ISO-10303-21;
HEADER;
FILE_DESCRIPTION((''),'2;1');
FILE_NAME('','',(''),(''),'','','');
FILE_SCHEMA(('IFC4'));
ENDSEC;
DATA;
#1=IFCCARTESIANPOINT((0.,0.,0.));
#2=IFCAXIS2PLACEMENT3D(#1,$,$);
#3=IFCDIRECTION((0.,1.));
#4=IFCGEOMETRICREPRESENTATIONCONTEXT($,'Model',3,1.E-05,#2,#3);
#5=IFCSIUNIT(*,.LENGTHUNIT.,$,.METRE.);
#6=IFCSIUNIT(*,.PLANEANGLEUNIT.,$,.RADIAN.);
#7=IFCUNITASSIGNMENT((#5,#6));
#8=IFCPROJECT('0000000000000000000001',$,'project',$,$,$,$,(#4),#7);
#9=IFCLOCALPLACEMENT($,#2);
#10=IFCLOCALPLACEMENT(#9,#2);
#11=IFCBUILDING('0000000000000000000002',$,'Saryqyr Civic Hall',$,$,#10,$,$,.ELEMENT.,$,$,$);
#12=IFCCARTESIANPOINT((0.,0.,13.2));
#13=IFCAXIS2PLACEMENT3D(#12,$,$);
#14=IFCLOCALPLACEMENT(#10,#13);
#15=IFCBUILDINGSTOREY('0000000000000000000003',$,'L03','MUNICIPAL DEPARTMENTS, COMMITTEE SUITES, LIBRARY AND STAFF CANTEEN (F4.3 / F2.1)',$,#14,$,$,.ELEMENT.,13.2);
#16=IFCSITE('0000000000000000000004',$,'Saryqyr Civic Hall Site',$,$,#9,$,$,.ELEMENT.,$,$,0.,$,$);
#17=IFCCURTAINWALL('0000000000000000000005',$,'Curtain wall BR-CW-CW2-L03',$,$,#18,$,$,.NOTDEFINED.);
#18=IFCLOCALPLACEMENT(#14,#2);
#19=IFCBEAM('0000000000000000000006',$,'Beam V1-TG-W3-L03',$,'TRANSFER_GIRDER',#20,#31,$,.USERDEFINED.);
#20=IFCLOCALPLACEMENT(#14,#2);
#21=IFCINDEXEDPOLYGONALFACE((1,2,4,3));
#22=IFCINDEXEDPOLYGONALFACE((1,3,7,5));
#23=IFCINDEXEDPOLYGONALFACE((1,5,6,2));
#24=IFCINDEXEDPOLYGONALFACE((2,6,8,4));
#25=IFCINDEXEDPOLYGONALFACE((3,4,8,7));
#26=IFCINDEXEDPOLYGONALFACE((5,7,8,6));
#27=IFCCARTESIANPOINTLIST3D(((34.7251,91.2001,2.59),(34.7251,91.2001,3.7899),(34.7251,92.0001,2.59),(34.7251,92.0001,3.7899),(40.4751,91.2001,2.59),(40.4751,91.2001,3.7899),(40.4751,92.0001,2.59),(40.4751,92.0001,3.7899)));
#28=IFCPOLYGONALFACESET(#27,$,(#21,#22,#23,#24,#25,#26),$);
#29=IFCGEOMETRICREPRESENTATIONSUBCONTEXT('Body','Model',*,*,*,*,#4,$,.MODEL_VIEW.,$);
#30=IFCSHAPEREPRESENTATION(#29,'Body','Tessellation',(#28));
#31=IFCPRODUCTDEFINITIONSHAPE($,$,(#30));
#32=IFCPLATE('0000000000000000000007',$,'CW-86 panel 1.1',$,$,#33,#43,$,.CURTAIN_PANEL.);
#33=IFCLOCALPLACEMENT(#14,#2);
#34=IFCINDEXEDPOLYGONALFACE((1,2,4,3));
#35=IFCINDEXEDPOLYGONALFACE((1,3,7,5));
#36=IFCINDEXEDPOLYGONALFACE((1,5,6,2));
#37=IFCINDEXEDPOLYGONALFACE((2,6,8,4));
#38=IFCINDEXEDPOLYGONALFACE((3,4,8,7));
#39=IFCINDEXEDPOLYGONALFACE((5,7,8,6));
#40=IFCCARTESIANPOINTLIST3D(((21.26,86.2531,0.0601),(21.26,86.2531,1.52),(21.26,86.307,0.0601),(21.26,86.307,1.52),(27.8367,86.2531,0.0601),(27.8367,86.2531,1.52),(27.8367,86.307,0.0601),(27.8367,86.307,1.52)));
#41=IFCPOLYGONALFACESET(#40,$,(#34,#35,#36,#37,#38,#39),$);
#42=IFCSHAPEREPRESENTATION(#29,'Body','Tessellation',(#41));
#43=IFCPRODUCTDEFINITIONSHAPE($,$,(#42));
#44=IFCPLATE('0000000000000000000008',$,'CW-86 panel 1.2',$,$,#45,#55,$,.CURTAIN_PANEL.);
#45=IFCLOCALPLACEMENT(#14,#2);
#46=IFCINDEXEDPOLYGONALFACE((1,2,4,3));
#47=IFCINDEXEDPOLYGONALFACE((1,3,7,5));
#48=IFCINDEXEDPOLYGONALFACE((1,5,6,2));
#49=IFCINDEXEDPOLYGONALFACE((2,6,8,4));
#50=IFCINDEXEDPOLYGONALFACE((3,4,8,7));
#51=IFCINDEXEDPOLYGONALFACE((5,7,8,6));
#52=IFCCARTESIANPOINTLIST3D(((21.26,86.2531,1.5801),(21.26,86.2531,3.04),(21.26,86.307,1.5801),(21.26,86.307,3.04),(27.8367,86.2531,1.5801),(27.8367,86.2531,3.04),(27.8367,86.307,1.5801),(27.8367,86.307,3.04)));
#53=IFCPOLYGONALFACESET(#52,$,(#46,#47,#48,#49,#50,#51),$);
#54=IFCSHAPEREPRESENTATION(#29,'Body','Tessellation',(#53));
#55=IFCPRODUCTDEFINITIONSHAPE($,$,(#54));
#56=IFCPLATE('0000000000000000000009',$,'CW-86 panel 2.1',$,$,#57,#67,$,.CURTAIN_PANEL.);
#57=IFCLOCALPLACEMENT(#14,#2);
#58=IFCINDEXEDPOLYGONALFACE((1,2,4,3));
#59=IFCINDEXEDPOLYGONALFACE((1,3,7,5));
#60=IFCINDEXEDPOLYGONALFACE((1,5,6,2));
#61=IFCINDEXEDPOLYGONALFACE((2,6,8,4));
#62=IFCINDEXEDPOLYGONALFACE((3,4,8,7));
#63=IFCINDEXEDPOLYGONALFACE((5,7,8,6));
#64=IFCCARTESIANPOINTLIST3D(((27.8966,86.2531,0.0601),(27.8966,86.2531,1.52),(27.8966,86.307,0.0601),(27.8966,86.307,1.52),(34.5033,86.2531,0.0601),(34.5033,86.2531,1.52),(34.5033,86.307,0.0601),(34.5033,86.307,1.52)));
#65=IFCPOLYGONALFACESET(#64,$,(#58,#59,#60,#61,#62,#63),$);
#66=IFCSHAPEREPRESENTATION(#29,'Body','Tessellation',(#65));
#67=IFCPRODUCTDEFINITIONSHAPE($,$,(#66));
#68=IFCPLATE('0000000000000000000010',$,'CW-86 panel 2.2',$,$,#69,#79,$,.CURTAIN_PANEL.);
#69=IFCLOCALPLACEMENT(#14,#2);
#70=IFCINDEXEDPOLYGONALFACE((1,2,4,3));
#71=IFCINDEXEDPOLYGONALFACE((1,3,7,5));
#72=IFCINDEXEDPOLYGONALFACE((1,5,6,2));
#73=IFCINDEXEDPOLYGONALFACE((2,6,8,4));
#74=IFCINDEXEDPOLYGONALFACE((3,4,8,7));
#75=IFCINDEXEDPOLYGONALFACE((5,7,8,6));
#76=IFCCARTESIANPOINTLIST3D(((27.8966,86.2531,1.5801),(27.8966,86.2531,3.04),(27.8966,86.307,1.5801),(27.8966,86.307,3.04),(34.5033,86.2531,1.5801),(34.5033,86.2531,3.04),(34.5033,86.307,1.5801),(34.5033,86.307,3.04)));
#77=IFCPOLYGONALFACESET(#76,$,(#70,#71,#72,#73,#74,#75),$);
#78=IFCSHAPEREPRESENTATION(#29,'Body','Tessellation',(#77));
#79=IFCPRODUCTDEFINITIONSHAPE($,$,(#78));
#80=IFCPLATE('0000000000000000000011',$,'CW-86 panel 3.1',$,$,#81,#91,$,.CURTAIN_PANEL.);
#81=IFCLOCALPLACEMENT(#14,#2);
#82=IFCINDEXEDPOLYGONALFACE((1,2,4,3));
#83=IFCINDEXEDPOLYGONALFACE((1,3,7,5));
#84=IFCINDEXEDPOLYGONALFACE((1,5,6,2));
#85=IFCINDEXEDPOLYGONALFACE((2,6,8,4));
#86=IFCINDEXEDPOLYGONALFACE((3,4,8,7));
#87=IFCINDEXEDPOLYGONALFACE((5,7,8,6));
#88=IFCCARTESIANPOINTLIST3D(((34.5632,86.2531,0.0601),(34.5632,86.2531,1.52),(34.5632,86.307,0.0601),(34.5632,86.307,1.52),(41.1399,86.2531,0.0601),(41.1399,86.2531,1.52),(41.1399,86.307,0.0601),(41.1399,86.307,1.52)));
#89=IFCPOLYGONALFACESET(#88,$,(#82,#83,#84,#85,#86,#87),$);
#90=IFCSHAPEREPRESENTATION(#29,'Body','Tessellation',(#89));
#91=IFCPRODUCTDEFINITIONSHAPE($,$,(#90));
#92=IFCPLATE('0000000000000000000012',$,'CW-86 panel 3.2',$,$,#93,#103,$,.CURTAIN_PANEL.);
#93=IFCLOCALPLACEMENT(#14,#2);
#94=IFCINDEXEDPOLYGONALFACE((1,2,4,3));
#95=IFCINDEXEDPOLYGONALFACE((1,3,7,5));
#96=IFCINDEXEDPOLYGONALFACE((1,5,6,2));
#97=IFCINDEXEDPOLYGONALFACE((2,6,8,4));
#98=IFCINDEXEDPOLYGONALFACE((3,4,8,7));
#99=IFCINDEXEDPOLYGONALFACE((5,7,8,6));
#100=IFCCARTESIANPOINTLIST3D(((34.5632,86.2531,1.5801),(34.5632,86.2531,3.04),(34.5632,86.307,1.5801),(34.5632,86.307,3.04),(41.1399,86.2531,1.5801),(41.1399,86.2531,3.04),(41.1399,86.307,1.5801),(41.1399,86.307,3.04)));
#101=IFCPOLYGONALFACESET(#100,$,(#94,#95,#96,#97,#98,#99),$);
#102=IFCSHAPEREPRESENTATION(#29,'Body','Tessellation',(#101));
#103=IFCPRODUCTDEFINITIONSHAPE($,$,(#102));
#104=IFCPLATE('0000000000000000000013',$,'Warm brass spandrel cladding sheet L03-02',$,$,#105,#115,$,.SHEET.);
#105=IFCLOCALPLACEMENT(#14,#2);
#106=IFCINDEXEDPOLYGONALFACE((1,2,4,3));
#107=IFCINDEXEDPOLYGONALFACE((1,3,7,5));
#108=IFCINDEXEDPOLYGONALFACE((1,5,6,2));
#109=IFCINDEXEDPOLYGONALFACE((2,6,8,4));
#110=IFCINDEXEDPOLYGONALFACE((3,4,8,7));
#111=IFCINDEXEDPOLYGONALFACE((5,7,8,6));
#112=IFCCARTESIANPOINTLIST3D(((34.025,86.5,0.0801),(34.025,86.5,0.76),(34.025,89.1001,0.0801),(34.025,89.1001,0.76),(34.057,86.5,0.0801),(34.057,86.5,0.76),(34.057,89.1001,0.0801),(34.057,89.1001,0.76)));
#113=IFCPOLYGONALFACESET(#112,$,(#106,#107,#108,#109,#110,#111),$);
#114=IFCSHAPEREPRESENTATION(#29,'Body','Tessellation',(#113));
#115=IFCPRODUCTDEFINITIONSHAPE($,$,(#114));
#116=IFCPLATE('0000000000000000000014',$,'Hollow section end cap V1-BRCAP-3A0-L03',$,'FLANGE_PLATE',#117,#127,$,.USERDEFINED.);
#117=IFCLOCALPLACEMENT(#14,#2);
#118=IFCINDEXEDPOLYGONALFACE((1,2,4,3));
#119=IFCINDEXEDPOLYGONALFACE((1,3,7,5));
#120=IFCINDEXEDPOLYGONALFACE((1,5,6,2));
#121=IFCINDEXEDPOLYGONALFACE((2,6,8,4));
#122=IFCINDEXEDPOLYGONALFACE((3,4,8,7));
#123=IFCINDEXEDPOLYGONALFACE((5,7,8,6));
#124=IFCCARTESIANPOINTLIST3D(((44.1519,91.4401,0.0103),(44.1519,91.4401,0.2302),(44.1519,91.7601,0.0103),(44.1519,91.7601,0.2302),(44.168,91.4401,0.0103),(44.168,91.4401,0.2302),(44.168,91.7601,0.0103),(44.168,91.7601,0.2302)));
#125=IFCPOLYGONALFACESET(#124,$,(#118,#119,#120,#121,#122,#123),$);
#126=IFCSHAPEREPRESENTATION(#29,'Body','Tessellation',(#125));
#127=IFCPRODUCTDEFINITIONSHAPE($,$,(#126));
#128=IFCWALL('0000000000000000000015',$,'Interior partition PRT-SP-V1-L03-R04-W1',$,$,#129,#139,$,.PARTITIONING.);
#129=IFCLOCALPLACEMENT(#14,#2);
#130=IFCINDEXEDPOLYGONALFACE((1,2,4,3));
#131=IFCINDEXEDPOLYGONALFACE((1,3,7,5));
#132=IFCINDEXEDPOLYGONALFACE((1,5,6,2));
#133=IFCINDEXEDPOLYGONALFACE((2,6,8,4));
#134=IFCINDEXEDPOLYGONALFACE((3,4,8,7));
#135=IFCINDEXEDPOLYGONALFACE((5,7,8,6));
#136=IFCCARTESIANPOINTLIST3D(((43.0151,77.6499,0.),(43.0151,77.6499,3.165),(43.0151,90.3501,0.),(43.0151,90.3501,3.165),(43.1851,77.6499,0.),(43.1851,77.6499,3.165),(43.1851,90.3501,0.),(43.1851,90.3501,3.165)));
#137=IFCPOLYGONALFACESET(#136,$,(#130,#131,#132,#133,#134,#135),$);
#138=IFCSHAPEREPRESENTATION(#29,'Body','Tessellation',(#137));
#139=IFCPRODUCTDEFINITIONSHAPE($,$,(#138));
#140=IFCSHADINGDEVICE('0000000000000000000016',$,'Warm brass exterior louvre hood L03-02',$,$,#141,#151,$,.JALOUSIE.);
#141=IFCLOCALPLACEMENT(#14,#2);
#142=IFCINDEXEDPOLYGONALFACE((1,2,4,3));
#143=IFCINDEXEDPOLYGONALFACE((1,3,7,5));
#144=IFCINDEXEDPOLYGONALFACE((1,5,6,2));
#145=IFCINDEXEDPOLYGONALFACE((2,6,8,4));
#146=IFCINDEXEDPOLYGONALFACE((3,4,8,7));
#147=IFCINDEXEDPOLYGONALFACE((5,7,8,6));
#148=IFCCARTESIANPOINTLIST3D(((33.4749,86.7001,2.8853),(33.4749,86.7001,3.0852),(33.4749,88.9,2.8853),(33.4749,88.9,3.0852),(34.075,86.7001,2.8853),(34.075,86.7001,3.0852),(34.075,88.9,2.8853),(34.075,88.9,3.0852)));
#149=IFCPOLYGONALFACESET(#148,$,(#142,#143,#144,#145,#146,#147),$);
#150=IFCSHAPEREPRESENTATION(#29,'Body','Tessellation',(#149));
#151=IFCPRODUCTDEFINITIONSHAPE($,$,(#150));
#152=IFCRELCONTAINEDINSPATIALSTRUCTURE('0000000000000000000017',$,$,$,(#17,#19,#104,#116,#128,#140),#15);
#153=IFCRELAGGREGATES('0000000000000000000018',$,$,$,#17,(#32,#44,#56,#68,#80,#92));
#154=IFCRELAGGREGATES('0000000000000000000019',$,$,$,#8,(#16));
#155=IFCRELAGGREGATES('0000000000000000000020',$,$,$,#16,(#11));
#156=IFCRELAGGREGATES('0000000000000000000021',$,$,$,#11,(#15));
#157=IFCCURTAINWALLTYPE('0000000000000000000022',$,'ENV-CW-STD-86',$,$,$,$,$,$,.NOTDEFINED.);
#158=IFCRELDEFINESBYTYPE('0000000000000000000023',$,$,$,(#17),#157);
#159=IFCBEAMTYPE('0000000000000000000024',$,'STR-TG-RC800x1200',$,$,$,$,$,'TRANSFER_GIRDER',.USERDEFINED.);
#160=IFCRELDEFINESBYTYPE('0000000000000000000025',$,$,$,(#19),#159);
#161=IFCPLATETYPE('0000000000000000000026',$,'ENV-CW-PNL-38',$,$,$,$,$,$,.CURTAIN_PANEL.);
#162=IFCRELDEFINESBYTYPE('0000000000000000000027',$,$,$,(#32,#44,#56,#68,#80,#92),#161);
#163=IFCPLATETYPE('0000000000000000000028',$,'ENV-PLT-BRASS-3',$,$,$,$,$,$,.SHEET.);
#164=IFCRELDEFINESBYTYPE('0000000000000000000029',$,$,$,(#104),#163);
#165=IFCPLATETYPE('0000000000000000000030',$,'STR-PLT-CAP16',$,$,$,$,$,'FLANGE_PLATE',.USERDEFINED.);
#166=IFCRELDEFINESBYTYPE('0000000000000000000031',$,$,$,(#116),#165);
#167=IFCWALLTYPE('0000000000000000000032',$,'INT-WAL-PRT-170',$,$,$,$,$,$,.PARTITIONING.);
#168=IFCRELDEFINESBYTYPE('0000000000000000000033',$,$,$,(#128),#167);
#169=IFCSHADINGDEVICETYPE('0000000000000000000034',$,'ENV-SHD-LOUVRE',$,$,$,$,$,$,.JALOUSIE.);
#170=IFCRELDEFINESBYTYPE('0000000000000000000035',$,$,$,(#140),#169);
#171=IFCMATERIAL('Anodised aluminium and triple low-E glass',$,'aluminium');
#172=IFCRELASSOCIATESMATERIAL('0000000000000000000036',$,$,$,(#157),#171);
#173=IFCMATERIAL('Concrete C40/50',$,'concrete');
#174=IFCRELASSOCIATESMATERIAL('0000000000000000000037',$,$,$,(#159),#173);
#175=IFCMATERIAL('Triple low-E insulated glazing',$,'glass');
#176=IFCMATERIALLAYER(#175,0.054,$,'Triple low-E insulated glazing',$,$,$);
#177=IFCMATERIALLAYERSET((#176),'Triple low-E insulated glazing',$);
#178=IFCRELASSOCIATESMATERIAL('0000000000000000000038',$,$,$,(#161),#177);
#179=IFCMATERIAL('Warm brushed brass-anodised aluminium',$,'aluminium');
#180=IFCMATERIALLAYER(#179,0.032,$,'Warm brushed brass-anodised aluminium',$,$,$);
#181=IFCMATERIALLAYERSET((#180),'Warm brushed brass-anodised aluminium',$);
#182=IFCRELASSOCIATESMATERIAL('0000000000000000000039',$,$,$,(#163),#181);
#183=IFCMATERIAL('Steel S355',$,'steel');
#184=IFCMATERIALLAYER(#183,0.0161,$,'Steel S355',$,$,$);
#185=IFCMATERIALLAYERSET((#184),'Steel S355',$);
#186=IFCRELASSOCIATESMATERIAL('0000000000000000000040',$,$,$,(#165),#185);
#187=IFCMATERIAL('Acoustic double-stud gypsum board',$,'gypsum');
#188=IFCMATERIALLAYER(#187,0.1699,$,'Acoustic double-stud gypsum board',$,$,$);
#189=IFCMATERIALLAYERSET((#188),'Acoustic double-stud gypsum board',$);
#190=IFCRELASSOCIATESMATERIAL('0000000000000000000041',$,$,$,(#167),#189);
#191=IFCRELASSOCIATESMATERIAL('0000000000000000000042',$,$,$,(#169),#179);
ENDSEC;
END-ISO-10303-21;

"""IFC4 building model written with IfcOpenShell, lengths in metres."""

from ifc_helpers import new_model, si_unit, direction, frame, frame_2d, origin, origin_2d, place, context, subcontext, project, spatial, rectangle, extrude, material, layer, layer_set, material_profile, profile_set, type_object, element, aggregate, save


model = new_model("IFC4")

# Units and contexts
model_context = context("Model", 3, precision=1e-05, world=origin(), true_north=direction((0.0, 1.0)))
body_context = subcontext(model_context, "Body", "Model", "MODEL_VIEW")
ifc_project = project(units=[si_unit("LENGTHUNIT", "METRE"), si_unit("PLANEANGLEUNIT", "RADIAN")], contexts=[model_context])

# Site, building, storey
site_placement = place(None, origin())
site = spatial("IfcSite", under=ifc_project, at=site_placement, Name="Saryqyr Civic Hall Site", CompositionType="ELEMENT", RefElevation=0.0)
building_placement = place(site_placement, origin())
building = spatial("IfcBuilding", under=site, at=building_placement, Name="Saryqyr Civic Hall", CompositionType="ELEMENT")
storey_placement = place(building_placement, frame((0.0, 0.0, 13.2)))
storey = spatial("IfcBuildingStorey", under=building, at=storey_placement, Name="L03", Description="MUNICIPAL DEPARTMENTS, COMMITTEE SUITES, LIBRARY AND STAFF CANTEEN (F4.3 / F2.1)", CompositionType="ELEMENT", Elevation=13.2)

# Shared definitions
ifc_material_1 = material(Name="Concrete C40/50", Category="concrete")

# Curtain wall
ifc_material_2 = material(Name="Anodised aluminium and triple low-E glass", Category="aluminium")
curtain_wall_type = type_object("IfcCurtainWallType", Name="ENV-CW-STD-86", PredefinedType="NOTDEFINED", material=ifc_material_2)
curtain_wall_placement = place(storey_placement, origin())
curtain_wall = element("IfcCurtainWall", 1, at=curtain_wall_placement, inside=storey, type_object=curtain_wall_type, Name="Curtain wall BR-CW-CW2-L03", PredefinedType="NOTDEFINED")

# Shared definitions
ifc_material_3 = material(Name="Steel S355", Category="steel")

# Beam
ifc_material_profile_1 = material_profile(ifc_material_1, rectangle(XDim=0.8, YDim=1.2, at=origin_2d()), Name="RC 800x1200")
ifc_profile_set_1 = profile_set([ifc_material_profile_1], Name="Concrete C40/50")
beam_type_1 = type_object("IfcBeamType", Name="STR-TG-RC800x1200", ElementType="TRANSFER_GIRDER", PredefinedType="USERDEFINED", material=ifc_profile_set_1)
beam_1_placement = place(storey_placement, frame((34.7251, 91.6001, 3.1899), z_axis=(1.0, 0.0, 0.0), x_axis=(0.0, 1.0, 0.0)))
element("IfcBeam", 2, at=beam_1_placement, inside=storey, type_object=beam_type_1, Name="Beam V1-TG-W3-L03", ObjectType="TRANSFER_GIRDER", PredefinedType="USERDEFINED", context=body_context, shape_type="SweptSolid", body=[
    extrude(rectangle(XDim=0.8, YDim=1.2, at=origin_2d()), origin(), (0.0, 0.0, 1.0), 5.75),
])

# Plates
ifc_material_4 = material(Name="Triple low-E insulated glazing", Category="glass")
ifc_layer_1 = layer(ifc_material_4, 0.054, Name="Triple low-E insulated glazing")
ifc_layer_set_1 = layer_set([ifc_layer_1], Name="Triple low-E insulated glazing")
plate_type_1 = type_object("IfcPlateType", Name="ENV-CW-PNL-38", PredefinedType="CURTAIN_PANEL", material=ifc_layer_set_1)
plate_1_placement = place(storey_placement, frame((24.5483, 86.28, 0.0601), z_axis=(0.0, 0.0, 1.0), x_axis=(1.0, 0.0, 0.0)))
plate_1 = element("IfcPlate", 3, at=plate_1_placement, type_object=plate_type_1, Name="CW-86 panel 1.1", PredefinedType="CURTAIN_PANEL", context=body_context, shape_type="SweptSolid", body=[
    extrude(rectangle(XDim=6.5767, YDim=0.054, at=origin_2d()), origin(), (0.0, 0.0, 1.0), 1.46),
])
plate_2_placement = place(storey_placement, frame((24.5483, 86.28, 1.5801), z_axis=(0.0, 0.0, 1.0), x_axis=(1.0, 0.0, 0.0)))
plate_2 = element("IfcPlate", 4, at=plate_2_placement, type_object=plate_type_1, Name="CW-86 panel 1.2", PredefinedType="CURTAIN_PANEL", context=body_context, shape_type="SweptSolid", body=[
    extrude(rectangle(XDim=6.5767, YDim=0.054, at=origin_2d()), origin(), (0.0, 0.0, 1.0), 1.46),
])
plate_3_placement = place(storey_placement, frame((31.2, 86.28, 0.0601), z_axis=(0.0, 0.0, 1.0), x_axis=(1.0, 0.0, 0.0)))
plate_3 = element("IfcPlate", 5, at=plate_3_placement, type_object=plate_type_1, Name="CW-86 panel 2.1", PredefinedType="CURTAIN_PANEL", context=body_context, shape_type="SweptSolid", body=[
    extrude(rectangle(XDim=6.6067, YDim=0.054, at=origin_2d()), origin(), (0.0, 0.0, 1.0), 1.46),
])
plate_4_placement = place(storey_placement, frame((31.2, 86.28, 1.5801), z_axis=(0.0, 0.0, 1.0), x_axis=(1.0, 0.0, 0.0)))
plate_4 = element("IfcPlate", 6, at=plate_4_placement, type_object=plate_type_1, Name="CW-86 panel 2.2", PredefinedType="CURTAIN_PANEL", context=body_context, shape_type="SweptSolid", body=[
    extrude(rectangle(XDim=6.6067, YDim=0.054, at=origin_2d()), origin(), (0.0, 0.0, 1.0), 1.46),
])
plate_5_placement = place(storey_placement, frame((37.8516, 86.28, 0.0601), z_axis=(0.0, 0.0, 1.0), x_axis=(1.0, 0.0, 0.0)))
plate_5 = element("IfcPlate", 7, at=plate_5_placement, type_object=plate_type_1, Name="CW-86 panel 3.1", PredefinedType="CURTAIN_PANEL", context=body_context, shape_type="SweptSolid", body=[
    extrude(rectangle(XDim=6.5767, YDim=0.054, at=origin_2d()), origin(), (0.0, 0.0, 1.0), 1.46),
])
plate_6_placement = place(storey_placement, frame((37.8516, 86.28, 1.5801), z_axis=(0.0, 0.0, 1.0), x_axis=(1.0, 0.0, 0.0)))
plate_6 = element("IfcPlate", 8, at=plate_6_placement, type_object=plate_type_1, Name="CW-86 panel 3.2", PredefinedType="CURTAIN_PANEL", context=body_context, shape_type="SweptSolid", body=[
    extrude(rectangle(XDim=6.5767, YDim=0.054, at=origin_2d()), origin(), (0.0, 0.0, 1.0), 1.46),
])
aggregate(curtain_wall, [plate_1, plate_2, plate_3, plate_4, plate_5, plate_6])

# Plates
ifc_material_5 = material(Name="Warm brushed brass-anodised aluminium", Category="aluminium")
ifc_layer_2 = layer(ifc_material_5, 0.032, Name="Warm brushed brass-anodised aluminium")
ifc_layer_set_2 = layer_set([ifc_layer_2], Name="Warm brushed brass-anodised aluminium")
plate_type_2 = type_object("IfcPlateType", Name="ENV-PLT-BRASS-3", PredefinedType="SHEET", material=ifc_layer_set_2)
plate_7_placement = place(storey_placement, frame((34.041, 87.8, 0.0801), z_axis=(0.0, 0.0, 1.0), x_axis=(0.0, 1.0, 0.0)))
element("IfcPlate", 9, at=plate_7_placement, inside=storey, type_object=plate_type_2, Name="Warm brass spandrel cladding sheet L03-02", PredefinedType="SHEET", context=body_context, shape_type="SweptSolid", body=[
    extrude(rectangle(XDim=2.6001, YDim=0.032, at=origin_2d()), origin(), (0.0, 0.0, 1.0), 0.6799),
])
ifc_layer_3 = layer(ifc_material_3, 0.0161, Name="Steel S355")
ifc_layer_set_3 = layer_set([ifc_layer_3], Name="Steel S355")
plate_type_3 = type_object("IfcPlateType", Name="STR-PLT-CAP16", ElementType="FLANGE_PLATE", PredefinedType="USERDEFINED", material=ifc_layer_set_3)
plate_8_placement = place(storey_placement, frame((44.1599, 91.6001, 0.0103), z_axis=(0.0, 0.0, 1.0), x_axis=(1.0, 0.0, 0.0)))
element("IfcPlate", 10, at=plate_8_placement, inside=storey, type_object=plate_type_3, Name="Hollow section end cap V1-BRCAP-3A0-L03", ObjectType="FLANGE_PLATE", PredefinedType="USERDEFINED", context=body_context, shape_type="SweptSolid", body=[
    extrude(rectangle(XDim=0.0161, YDim=0.3201, at=origin_2d()), origin(), (0.0, 0.0, 1.0), 0.22),
])

# Wall
ifc_material_6 = material(Name="Acoustic double-stud gypsum board", Category="gypsum")
ifc_layer_4 = layer(ifc_material_6, 0.1699, Name="Acoustic double-stud gypsum board")
ifc_layer_set_4 = layer_set([ifc_layer_4], Name="Acoustic double-stud gypsum board")
wall_type = type_object("IfcWallType", Name="INT-WAL-PRT-170", PredefinedType="PARTITIONING", material=ifc_layer_set_4)
wall_placement = place(storey_placement, frame((43.1001, 90.3501, 0.0), z_axis=(0.0, 0.0, 1.0), x_axis=(0.0, -1.0, 0.0)))
element("IfcWall", 11, at=wall_placement, inside=storey, type_object=wall_type, Name="Interior partition PRT-SP-V1-L03-R04-W1", PredefinedType="PARTITIONING", context=body_context, shape_type="SweptSolid", body=[
    extrude(rectangle(XDim=12.7002, YDim=0.1699, at=frame_2d((6.3501, 0.0))), origin(), (0.0, 0.0, 1.0), 3.165),
])

# Shading device
shading_device_type = type_object("IfcShadingDeviceType", Name="ENV-SHD-LOUVRE", PredefinedType="JALOUSIE", material=ifc_material_5)
shading_device_placement = place(storey_placement, frame((33.7749, 87.8, 2.8853), z_axis=(0.0, 0.0, 1.0), x_axis=(0.0, 1.0, 0.0)))
element("IfcShadingDevice", 12, at=shading_device_placement, inside=storey, type_object=shading_device_type, Name="Warm brass exterior louvre hood L03-02", PredefinedType="JALOUSIE", context=body_context, shape_type="SweptSolid", body=[
    extrude(rectangle(XDim=2.2, YDim=0.6001, at=origin_2d()), origin(), (0.0, 0.0, 1.0), 0.2),
])

save(model, "model.ifc")
